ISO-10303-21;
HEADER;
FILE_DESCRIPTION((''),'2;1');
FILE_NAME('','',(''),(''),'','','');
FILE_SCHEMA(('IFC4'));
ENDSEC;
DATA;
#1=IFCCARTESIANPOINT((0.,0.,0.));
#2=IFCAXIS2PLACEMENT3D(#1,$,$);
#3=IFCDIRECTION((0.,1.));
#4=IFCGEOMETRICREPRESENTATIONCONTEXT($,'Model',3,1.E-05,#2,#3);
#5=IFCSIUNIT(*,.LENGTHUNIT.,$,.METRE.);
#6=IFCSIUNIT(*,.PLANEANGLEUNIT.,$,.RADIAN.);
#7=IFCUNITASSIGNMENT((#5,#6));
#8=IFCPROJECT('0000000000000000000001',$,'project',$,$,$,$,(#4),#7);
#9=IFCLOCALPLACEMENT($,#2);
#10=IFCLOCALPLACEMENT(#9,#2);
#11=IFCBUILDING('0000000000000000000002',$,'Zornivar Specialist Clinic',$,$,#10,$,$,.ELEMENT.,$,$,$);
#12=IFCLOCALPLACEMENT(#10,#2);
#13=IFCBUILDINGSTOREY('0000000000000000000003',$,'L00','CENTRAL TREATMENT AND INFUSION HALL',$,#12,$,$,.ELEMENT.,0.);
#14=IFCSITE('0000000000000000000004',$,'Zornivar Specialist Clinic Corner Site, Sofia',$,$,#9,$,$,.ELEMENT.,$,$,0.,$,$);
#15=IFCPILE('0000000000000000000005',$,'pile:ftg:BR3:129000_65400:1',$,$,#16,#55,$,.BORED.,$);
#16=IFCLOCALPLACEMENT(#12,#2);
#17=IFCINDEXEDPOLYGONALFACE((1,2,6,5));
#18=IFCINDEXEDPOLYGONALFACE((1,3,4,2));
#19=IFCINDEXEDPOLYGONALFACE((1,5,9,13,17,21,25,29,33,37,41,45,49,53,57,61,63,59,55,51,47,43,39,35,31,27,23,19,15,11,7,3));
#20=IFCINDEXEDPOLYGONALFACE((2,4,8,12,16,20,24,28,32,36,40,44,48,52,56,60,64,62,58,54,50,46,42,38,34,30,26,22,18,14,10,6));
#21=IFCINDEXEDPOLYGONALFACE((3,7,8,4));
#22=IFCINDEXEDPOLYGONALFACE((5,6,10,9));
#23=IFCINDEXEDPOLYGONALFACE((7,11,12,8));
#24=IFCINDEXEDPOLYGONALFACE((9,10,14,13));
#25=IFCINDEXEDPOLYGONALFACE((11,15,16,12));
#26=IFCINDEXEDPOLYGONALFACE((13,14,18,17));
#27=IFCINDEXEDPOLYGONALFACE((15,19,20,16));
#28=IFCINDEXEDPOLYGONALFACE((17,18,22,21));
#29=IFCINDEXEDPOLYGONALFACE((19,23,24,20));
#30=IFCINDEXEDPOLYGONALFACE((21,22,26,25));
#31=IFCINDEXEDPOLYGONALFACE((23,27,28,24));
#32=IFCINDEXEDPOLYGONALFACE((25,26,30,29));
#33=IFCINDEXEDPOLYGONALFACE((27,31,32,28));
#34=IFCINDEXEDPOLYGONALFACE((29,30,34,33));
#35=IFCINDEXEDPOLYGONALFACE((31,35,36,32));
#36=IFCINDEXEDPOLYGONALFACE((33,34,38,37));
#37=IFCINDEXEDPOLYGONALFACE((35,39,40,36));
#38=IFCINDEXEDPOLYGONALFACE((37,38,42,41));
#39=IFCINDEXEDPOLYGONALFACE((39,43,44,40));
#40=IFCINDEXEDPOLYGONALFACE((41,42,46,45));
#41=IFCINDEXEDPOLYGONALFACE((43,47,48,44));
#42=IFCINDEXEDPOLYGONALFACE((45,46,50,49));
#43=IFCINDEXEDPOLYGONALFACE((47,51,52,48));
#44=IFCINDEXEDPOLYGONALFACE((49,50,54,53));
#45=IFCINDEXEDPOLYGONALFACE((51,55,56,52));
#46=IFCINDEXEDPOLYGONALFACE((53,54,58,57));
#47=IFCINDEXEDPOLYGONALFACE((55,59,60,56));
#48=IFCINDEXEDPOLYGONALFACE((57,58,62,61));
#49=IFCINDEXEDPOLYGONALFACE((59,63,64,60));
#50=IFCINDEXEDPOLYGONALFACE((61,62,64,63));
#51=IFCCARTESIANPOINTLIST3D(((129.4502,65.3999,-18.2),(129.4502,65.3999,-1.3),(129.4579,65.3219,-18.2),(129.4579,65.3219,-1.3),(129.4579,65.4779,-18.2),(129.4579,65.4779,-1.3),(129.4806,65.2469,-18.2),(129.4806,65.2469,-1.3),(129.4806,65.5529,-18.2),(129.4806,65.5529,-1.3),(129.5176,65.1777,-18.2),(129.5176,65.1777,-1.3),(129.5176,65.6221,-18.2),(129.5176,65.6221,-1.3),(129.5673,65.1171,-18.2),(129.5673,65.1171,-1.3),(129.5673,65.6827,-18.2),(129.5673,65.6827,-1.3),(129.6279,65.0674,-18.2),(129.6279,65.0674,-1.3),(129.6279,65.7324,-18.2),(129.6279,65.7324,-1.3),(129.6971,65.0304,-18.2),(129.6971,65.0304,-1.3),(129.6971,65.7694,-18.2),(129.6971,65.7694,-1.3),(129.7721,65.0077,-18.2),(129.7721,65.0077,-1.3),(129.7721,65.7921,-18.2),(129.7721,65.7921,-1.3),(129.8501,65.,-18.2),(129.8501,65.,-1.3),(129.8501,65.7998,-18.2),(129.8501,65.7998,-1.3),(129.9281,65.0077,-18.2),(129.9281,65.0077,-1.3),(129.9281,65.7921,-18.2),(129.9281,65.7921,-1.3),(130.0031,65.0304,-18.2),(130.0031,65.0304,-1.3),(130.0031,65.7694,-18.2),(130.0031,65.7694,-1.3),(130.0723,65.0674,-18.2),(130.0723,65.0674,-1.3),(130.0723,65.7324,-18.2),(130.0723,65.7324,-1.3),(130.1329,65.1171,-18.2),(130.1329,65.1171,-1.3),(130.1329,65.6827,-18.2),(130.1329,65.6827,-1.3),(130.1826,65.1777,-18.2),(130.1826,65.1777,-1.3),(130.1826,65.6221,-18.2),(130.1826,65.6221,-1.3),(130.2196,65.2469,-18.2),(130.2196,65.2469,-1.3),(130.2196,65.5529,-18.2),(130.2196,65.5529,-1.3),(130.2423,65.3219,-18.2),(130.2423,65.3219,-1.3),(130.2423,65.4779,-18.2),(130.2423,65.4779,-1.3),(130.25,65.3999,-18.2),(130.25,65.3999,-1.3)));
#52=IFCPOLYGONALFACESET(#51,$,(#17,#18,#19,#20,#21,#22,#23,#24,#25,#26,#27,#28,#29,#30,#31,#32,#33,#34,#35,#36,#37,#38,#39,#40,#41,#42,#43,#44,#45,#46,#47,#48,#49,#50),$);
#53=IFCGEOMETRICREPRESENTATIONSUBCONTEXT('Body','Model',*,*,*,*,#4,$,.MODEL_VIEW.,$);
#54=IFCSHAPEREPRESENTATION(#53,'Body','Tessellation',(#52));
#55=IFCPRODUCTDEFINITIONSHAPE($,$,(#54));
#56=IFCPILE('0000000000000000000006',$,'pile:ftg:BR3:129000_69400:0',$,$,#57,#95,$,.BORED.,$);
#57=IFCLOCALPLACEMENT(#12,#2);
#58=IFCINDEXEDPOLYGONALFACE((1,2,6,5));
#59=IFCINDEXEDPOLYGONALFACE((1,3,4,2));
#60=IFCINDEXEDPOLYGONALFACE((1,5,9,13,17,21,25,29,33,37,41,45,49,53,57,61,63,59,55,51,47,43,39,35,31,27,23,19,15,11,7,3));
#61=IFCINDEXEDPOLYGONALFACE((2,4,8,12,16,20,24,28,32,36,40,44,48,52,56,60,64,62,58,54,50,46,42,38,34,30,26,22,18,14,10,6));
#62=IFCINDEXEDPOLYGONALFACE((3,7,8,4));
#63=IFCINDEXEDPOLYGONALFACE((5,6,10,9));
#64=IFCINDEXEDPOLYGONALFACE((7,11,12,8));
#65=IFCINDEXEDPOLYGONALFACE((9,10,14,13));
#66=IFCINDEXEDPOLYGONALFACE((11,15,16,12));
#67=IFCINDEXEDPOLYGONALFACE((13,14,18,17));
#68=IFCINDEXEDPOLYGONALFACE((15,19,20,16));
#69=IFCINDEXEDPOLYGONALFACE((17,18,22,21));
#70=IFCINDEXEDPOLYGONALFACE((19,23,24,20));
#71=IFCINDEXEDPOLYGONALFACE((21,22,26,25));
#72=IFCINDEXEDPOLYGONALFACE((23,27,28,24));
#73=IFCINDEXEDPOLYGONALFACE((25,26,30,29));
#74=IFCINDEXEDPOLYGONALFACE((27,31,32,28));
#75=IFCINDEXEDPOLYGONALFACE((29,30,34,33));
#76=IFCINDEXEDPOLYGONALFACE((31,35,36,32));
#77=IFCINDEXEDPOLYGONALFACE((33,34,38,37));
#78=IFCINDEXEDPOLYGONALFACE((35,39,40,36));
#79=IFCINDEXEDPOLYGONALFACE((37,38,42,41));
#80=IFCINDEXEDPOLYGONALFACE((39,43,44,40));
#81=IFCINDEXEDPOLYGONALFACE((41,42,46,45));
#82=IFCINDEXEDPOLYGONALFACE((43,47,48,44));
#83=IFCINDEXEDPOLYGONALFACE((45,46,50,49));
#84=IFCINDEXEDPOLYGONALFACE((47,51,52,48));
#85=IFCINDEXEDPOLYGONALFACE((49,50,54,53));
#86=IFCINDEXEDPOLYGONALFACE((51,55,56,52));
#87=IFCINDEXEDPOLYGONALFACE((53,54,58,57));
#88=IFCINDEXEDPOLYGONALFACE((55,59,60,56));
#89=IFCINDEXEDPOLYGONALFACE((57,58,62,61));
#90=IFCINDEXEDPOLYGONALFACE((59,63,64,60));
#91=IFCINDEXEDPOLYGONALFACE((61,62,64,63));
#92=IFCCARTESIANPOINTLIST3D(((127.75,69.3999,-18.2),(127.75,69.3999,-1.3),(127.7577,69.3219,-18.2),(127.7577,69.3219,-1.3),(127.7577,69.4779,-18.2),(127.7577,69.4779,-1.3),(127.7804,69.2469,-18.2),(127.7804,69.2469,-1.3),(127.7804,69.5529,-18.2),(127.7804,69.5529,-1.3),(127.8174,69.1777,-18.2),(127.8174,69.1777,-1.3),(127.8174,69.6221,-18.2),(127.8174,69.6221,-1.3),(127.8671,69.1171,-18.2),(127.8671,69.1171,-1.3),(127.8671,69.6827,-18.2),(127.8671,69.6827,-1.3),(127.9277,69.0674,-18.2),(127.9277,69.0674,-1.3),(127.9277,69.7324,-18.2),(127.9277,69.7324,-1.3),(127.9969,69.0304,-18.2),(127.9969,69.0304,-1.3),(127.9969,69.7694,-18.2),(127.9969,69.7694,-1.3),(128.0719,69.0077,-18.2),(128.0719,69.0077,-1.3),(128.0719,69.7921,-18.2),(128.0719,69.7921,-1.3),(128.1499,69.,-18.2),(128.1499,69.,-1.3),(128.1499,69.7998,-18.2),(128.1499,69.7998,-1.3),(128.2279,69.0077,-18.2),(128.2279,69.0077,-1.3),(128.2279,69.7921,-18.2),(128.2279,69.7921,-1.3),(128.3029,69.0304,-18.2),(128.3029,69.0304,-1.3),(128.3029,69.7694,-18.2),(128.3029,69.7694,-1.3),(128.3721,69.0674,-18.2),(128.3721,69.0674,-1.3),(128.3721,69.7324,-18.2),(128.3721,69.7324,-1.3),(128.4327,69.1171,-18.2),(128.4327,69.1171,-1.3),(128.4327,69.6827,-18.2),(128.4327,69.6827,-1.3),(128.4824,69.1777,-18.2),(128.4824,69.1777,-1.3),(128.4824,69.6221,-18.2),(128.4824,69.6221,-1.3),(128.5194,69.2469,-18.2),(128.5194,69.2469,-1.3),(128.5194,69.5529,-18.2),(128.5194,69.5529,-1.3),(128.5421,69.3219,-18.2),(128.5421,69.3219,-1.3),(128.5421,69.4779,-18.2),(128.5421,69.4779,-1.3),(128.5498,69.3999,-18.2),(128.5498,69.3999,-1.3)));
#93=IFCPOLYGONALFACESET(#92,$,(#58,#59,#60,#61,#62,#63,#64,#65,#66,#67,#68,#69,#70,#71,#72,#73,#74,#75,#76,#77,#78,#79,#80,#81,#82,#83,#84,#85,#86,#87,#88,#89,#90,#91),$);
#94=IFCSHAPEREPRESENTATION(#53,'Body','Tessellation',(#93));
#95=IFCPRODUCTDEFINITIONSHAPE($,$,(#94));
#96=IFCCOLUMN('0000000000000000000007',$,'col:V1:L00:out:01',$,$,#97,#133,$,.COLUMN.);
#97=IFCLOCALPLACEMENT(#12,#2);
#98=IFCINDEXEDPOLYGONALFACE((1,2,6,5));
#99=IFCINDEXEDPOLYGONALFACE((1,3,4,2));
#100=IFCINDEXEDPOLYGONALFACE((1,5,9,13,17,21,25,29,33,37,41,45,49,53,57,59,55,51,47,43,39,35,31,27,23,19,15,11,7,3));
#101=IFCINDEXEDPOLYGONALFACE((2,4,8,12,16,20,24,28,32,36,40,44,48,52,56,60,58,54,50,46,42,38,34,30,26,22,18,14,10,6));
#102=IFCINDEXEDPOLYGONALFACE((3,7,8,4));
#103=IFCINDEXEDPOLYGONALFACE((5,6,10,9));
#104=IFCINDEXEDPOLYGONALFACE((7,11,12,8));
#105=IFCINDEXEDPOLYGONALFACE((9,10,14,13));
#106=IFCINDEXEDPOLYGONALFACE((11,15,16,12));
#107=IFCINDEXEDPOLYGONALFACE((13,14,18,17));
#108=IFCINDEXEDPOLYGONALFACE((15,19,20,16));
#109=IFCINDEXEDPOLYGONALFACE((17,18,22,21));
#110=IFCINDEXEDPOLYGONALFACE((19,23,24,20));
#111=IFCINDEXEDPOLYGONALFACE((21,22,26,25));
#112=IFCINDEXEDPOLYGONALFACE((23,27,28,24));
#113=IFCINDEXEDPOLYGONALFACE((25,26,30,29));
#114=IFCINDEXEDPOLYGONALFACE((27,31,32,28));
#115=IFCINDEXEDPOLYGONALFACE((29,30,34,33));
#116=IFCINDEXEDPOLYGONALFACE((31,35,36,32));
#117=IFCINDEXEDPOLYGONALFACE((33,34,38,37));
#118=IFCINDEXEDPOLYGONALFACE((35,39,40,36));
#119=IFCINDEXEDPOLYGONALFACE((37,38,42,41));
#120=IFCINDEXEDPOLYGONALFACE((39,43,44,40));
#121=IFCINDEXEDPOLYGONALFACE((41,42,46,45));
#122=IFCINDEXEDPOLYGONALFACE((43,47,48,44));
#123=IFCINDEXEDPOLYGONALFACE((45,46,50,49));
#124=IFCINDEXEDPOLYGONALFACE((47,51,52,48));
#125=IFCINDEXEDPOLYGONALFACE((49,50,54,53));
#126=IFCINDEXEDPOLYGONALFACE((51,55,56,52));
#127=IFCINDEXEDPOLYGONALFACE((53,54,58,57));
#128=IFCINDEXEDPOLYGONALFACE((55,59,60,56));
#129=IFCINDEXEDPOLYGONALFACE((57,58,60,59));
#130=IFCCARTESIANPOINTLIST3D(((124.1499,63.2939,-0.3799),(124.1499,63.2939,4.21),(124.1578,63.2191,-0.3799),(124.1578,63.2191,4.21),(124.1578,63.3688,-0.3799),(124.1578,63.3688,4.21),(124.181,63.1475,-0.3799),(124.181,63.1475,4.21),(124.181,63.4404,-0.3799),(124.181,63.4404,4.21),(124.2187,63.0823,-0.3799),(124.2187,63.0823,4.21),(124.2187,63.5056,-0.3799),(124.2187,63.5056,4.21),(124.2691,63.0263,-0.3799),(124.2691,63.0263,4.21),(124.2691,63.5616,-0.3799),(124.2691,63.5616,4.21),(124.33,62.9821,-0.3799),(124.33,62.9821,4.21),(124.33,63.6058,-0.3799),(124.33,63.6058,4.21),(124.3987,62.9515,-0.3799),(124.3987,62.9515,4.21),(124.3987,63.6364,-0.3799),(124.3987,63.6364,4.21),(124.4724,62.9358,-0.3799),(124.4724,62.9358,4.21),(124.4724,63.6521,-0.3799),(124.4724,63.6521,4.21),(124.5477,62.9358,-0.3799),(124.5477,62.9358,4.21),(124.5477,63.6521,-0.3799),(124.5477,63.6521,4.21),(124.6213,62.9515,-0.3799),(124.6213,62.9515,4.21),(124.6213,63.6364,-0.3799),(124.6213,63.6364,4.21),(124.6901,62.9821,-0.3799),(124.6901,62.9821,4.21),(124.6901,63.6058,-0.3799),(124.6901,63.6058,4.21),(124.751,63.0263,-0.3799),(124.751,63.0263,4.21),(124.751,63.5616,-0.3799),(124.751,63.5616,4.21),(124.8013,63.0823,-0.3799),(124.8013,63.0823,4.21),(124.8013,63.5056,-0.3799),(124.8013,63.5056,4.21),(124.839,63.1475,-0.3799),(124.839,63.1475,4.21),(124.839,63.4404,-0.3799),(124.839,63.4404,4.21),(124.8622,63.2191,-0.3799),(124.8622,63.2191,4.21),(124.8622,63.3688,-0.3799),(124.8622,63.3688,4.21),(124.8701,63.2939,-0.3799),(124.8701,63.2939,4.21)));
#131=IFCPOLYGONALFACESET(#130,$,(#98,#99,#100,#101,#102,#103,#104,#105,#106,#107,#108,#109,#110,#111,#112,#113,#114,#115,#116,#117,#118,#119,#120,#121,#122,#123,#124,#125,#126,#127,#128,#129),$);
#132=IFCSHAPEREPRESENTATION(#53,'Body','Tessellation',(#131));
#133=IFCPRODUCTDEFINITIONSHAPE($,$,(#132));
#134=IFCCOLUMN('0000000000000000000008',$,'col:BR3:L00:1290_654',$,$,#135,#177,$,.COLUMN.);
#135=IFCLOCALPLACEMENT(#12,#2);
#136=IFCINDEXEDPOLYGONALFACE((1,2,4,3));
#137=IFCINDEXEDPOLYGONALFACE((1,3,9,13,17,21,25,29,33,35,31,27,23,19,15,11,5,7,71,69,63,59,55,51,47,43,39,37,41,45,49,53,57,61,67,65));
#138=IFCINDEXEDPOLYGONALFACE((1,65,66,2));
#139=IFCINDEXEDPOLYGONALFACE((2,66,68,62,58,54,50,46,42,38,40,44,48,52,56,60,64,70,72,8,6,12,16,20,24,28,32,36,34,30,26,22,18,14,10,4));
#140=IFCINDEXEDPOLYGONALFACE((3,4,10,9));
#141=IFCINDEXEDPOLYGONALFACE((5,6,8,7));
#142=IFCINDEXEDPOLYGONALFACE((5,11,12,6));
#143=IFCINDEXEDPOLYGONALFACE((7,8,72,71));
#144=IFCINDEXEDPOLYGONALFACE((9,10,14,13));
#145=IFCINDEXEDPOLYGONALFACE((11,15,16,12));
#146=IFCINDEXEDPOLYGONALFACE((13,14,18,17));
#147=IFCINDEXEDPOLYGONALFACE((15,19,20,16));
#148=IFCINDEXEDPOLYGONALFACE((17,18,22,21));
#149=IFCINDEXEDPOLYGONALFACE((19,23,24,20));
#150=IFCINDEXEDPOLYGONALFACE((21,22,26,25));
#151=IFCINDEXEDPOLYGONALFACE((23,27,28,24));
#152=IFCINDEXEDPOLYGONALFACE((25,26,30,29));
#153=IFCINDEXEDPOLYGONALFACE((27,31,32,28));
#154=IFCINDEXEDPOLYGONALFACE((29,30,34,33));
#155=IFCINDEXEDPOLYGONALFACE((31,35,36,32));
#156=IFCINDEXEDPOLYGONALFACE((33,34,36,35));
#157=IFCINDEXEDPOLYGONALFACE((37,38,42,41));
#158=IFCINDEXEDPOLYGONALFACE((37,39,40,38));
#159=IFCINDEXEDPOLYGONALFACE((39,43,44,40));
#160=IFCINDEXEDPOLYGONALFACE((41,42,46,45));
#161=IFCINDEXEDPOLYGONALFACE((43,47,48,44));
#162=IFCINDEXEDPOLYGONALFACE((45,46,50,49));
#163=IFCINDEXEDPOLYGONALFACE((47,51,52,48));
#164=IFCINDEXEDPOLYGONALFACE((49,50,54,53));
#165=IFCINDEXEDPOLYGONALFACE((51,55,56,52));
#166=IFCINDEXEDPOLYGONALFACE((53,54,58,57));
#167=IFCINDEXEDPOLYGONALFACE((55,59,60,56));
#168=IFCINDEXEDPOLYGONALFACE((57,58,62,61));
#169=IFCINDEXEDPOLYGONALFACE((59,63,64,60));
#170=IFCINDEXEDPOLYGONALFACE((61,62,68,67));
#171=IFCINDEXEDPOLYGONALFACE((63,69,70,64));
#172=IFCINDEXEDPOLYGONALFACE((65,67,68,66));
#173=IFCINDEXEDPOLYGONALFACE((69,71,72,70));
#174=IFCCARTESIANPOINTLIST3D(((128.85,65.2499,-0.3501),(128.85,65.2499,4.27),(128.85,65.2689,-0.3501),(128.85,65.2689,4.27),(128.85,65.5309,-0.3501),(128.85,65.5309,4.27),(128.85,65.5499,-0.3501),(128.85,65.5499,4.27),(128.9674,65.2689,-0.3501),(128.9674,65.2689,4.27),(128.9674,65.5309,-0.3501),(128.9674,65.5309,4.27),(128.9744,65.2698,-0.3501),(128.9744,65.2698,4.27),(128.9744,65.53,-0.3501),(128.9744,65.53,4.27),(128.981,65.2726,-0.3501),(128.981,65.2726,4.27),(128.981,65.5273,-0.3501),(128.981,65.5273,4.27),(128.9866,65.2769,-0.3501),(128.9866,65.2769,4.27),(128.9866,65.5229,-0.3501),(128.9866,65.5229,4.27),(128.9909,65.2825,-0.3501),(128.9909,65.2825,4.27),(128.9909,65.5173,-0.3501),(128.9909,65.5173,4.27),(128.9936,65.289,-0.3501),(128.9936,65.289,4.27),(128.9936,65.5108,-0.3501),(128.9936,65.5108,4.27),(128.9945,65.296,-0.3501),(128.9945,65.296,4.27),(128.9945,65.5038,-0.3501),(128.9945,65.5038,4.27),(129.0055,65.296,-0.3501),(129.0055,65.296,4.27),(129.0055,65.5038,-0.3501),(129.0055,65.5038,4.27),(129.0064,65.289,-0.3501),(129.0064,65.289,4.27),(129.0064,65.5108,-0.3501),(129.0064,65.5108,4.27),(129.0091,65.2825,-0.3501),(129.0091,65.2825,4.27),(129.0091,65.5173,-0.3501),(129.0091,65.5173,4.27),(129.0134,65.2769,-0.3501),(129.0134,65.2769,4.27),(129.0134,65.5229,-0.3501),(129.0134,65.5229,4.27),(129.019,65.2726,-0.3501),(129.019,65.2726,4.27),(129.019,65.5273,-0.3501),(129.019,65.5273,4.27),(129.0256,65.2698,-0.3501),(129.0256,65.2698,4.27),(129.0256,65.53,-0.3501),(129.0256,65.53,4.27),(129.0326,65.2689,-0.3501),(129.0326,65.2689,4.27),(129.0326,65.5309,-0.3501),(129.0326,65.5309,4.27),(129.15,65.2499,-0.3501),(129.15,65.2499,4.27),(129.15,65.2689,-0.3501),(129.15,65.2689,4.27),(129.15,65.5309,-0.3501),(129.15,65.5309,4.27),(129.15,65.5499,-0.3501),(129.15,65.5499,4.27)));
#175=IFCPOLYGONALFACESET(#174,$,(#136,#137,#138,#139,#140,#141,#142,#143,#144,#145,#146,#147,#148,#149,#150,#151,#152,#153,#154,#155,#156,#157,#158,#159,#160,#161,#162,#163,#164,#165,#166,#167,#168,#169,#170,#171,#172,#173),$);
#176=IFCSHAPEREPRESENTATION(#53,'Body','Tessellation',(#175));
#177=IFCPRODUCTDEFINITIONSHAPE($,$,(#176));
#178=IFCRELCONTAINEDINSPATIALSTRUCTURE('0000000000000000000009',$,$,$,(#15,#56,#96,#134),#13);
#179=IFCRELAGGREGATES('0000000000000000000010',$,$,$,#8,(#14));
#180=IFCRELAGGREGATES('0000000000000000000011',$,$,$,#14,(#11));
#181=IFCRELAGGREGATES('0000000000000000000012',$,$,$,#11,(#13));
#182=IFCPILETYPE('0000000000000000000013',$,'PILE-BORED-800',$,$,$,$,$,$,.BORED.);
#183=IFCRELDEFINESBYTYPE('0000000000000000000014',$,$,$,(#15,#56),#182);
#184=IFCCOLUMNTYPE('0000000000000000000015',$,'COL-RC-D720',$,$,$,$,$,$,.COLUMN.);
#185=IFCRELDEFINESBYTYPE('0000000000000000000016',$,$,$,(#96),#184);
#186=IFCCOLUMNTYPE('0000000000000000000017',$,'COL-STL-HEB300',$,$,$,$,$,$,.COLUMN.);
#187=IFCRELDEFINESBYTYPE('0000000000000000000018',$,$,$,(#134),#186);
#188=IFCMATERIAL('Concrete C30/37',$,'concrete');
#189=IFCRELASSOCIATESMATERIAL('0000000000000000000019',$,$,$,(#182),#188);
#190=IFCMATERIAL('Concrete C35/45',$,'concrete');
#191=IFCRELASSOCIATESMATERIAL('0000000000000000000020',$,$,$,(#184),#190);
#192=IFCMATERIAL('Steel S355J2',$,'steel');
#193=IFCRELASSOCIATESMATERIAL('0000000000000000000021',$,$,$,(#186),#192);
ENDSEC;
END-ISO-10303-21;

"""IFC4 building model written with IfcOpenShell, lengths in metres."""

from ifc_helpers import new_model, si_unit, direction, frame, origin, origin_2d, place, context, subcontext, project, spatial, circle, i_section, extrude, material, material_profile, profile_set, type_object, element, save


model = new_model("IFC4")

# Units and contexts
model_context = context("Model", 3, precision=1e-05, world=origin(), true_north=direction((0.0, 1.0)))
body_context = subcontext(model_context, "Body", "Model", "MODEL_VIEW")
ifc_project = project(units=[si_unit("LENGTHUNIT", "METRE"), si_unit("PLANEANGLEUNIT", "RADIAN")], contexts=[model_context])

# Site, building, storey
site_placement = place(None, origin())
site = spatial("IfcSite", under=ifc_project, at=site_placement, Name="Zornivar Specialist Clinic Corner Site, Sofia", CompositionType="ELEMENT", RefElevation=0.0)
building_placement = place(site_placement, origin())
building = spatial("IfcBuilding", under=site, at=building_placement, Name="Zornivar Specialist Clinic", CompositionType="ELEMENT")
storey_placement = place(building_placement, origin())
storey = spatial("IfcBuildingStorey", under=building, at=storey_placement, Name="L00", Description="CENTRAL TREATMENT AND INFUSION HALL", CompositionType="ELEMENT", Elevation=0.0)

# Piles
ifc_material_1 = material(Name="Concrete C30/37", Category="concrete")
ifc_material_profile_1 = material_profile(ifc_material_1, circle(Radius=0.3999, at=origin_2d()), Name="PILE D800")
ifc_profile_set_1 = profile_set([ifc_material_profile_1], Name="Concrete C30/37")
pile_type = type_object("IfcPileType", Name="PILE-BORED-800", PredefinedType="BORED", material=ifc_profile_set_1)
for number, where, z_axis, x_axis, name in (
    (1, (129.8501, 65.3999, -1.3), (0.0, 0.0, -1.0), (1.0, 0.0, 0.0), "pile:ftg:BR3:129000_65400:1"),
    (2, (128.1499, 69.3999, -1.3), (0.0, 0.0, -1.0), (1.0, 0.0, 0.0), "pile:ftg:BR3:129000_69400:0"),
):
    element("IfcPile", number, at=place(storey_placement, frame(where, z_axis=z_axis, x_axis=x_axis)), inside=storey, type_object=pile_type, Name=name, PredefinedType="BORED", context=body_context, shape_type="SweptSolid", body=[
        extrude(circle(Radius=0.3999, at=origin_2d()), origin(), (0.0, 0.0, 1.0), 16.8999),
    ])

# Columns
ifc_material_2 = material(Name="Concrete C35/45", Category="concrete")
ifc_material_profile_2 = material_profile(ifc_material_2, circle(Radius=0.3601, at=origin_2d()), Name="RC D720")
ifc_profile_set_2 = profile_set([ifc_material_profile_2], Name="Concrete C35/45")
column_type_1 = type_object("IfcColumnType", Name="COL-RC-D720", PredefinedType="COLUMN", material=ifc_profile_set_2)
column_placement = place(storey_placement, frame((124.51, 63.2939, -0.3799), z_axis=(0.0, 0.0, 1.0), x_axis=(1.0, 0.0, 0.0)))
element("IfcColumn", 3, at=column_placement, inside=storey, type_object=column_type_1, Name="col:V1:L00:out:01", PredefinedType="COLUMN", context=body_context, shape_type="SweptSolid", body=[
    extrude(circle(Radius=0.3601, at=origin_2d()), origin(), (0.0, 0.0, 1.0), 4.5898),
])
ifc_material_3 = material(Name="Steel S355J2", Category="steel")
ifc_material_profile_3 = material_profile(ifc_material_3, i_section(OverallWidth=0.3, OverallDepth=0.3, WebThickness=0.011, FlangeThickness=0.019, FilletRadius=0.0271, at=origin_2d()), Name="HEB 300")
ifc_profile_set_3 = profile_set([ifc_material_profile_3], Name="Steel S355J2")
column_type_2 = type_object("IfcColumnType", Name="COL-STL-HEB300", PredefinedType="COLUMN", material=ifc_profile_set_3)
for number, where, z_axis, x_axis, name in (
    (4, (129.0, 65.3999, -0.3501), (0.0, 0.0, 1.0), (1.0, 0.0, 0.0), "col:BR3:L00:1290_654"),
):
    element("IfcColumn", number, at=place(storey_placement, frame(where, z_axis=z_axis, x_axis=x_axis)), inside=storey, type_object=column_type_2, Name=name, PredefinedType="COLUMN", context=body_context, shape_type="SweptSolid", body=[
        extrude(i_section(OverallWidth=0.3, OverallDepth=0.3, WebThickness=0.011, FlangeThickness=0.019, FilletRadius=0.0271, at=origin_2d()), origin(), (0.0, 0.0, 1.0), 4.6201),
    ])

save(model, "model.ifc")
